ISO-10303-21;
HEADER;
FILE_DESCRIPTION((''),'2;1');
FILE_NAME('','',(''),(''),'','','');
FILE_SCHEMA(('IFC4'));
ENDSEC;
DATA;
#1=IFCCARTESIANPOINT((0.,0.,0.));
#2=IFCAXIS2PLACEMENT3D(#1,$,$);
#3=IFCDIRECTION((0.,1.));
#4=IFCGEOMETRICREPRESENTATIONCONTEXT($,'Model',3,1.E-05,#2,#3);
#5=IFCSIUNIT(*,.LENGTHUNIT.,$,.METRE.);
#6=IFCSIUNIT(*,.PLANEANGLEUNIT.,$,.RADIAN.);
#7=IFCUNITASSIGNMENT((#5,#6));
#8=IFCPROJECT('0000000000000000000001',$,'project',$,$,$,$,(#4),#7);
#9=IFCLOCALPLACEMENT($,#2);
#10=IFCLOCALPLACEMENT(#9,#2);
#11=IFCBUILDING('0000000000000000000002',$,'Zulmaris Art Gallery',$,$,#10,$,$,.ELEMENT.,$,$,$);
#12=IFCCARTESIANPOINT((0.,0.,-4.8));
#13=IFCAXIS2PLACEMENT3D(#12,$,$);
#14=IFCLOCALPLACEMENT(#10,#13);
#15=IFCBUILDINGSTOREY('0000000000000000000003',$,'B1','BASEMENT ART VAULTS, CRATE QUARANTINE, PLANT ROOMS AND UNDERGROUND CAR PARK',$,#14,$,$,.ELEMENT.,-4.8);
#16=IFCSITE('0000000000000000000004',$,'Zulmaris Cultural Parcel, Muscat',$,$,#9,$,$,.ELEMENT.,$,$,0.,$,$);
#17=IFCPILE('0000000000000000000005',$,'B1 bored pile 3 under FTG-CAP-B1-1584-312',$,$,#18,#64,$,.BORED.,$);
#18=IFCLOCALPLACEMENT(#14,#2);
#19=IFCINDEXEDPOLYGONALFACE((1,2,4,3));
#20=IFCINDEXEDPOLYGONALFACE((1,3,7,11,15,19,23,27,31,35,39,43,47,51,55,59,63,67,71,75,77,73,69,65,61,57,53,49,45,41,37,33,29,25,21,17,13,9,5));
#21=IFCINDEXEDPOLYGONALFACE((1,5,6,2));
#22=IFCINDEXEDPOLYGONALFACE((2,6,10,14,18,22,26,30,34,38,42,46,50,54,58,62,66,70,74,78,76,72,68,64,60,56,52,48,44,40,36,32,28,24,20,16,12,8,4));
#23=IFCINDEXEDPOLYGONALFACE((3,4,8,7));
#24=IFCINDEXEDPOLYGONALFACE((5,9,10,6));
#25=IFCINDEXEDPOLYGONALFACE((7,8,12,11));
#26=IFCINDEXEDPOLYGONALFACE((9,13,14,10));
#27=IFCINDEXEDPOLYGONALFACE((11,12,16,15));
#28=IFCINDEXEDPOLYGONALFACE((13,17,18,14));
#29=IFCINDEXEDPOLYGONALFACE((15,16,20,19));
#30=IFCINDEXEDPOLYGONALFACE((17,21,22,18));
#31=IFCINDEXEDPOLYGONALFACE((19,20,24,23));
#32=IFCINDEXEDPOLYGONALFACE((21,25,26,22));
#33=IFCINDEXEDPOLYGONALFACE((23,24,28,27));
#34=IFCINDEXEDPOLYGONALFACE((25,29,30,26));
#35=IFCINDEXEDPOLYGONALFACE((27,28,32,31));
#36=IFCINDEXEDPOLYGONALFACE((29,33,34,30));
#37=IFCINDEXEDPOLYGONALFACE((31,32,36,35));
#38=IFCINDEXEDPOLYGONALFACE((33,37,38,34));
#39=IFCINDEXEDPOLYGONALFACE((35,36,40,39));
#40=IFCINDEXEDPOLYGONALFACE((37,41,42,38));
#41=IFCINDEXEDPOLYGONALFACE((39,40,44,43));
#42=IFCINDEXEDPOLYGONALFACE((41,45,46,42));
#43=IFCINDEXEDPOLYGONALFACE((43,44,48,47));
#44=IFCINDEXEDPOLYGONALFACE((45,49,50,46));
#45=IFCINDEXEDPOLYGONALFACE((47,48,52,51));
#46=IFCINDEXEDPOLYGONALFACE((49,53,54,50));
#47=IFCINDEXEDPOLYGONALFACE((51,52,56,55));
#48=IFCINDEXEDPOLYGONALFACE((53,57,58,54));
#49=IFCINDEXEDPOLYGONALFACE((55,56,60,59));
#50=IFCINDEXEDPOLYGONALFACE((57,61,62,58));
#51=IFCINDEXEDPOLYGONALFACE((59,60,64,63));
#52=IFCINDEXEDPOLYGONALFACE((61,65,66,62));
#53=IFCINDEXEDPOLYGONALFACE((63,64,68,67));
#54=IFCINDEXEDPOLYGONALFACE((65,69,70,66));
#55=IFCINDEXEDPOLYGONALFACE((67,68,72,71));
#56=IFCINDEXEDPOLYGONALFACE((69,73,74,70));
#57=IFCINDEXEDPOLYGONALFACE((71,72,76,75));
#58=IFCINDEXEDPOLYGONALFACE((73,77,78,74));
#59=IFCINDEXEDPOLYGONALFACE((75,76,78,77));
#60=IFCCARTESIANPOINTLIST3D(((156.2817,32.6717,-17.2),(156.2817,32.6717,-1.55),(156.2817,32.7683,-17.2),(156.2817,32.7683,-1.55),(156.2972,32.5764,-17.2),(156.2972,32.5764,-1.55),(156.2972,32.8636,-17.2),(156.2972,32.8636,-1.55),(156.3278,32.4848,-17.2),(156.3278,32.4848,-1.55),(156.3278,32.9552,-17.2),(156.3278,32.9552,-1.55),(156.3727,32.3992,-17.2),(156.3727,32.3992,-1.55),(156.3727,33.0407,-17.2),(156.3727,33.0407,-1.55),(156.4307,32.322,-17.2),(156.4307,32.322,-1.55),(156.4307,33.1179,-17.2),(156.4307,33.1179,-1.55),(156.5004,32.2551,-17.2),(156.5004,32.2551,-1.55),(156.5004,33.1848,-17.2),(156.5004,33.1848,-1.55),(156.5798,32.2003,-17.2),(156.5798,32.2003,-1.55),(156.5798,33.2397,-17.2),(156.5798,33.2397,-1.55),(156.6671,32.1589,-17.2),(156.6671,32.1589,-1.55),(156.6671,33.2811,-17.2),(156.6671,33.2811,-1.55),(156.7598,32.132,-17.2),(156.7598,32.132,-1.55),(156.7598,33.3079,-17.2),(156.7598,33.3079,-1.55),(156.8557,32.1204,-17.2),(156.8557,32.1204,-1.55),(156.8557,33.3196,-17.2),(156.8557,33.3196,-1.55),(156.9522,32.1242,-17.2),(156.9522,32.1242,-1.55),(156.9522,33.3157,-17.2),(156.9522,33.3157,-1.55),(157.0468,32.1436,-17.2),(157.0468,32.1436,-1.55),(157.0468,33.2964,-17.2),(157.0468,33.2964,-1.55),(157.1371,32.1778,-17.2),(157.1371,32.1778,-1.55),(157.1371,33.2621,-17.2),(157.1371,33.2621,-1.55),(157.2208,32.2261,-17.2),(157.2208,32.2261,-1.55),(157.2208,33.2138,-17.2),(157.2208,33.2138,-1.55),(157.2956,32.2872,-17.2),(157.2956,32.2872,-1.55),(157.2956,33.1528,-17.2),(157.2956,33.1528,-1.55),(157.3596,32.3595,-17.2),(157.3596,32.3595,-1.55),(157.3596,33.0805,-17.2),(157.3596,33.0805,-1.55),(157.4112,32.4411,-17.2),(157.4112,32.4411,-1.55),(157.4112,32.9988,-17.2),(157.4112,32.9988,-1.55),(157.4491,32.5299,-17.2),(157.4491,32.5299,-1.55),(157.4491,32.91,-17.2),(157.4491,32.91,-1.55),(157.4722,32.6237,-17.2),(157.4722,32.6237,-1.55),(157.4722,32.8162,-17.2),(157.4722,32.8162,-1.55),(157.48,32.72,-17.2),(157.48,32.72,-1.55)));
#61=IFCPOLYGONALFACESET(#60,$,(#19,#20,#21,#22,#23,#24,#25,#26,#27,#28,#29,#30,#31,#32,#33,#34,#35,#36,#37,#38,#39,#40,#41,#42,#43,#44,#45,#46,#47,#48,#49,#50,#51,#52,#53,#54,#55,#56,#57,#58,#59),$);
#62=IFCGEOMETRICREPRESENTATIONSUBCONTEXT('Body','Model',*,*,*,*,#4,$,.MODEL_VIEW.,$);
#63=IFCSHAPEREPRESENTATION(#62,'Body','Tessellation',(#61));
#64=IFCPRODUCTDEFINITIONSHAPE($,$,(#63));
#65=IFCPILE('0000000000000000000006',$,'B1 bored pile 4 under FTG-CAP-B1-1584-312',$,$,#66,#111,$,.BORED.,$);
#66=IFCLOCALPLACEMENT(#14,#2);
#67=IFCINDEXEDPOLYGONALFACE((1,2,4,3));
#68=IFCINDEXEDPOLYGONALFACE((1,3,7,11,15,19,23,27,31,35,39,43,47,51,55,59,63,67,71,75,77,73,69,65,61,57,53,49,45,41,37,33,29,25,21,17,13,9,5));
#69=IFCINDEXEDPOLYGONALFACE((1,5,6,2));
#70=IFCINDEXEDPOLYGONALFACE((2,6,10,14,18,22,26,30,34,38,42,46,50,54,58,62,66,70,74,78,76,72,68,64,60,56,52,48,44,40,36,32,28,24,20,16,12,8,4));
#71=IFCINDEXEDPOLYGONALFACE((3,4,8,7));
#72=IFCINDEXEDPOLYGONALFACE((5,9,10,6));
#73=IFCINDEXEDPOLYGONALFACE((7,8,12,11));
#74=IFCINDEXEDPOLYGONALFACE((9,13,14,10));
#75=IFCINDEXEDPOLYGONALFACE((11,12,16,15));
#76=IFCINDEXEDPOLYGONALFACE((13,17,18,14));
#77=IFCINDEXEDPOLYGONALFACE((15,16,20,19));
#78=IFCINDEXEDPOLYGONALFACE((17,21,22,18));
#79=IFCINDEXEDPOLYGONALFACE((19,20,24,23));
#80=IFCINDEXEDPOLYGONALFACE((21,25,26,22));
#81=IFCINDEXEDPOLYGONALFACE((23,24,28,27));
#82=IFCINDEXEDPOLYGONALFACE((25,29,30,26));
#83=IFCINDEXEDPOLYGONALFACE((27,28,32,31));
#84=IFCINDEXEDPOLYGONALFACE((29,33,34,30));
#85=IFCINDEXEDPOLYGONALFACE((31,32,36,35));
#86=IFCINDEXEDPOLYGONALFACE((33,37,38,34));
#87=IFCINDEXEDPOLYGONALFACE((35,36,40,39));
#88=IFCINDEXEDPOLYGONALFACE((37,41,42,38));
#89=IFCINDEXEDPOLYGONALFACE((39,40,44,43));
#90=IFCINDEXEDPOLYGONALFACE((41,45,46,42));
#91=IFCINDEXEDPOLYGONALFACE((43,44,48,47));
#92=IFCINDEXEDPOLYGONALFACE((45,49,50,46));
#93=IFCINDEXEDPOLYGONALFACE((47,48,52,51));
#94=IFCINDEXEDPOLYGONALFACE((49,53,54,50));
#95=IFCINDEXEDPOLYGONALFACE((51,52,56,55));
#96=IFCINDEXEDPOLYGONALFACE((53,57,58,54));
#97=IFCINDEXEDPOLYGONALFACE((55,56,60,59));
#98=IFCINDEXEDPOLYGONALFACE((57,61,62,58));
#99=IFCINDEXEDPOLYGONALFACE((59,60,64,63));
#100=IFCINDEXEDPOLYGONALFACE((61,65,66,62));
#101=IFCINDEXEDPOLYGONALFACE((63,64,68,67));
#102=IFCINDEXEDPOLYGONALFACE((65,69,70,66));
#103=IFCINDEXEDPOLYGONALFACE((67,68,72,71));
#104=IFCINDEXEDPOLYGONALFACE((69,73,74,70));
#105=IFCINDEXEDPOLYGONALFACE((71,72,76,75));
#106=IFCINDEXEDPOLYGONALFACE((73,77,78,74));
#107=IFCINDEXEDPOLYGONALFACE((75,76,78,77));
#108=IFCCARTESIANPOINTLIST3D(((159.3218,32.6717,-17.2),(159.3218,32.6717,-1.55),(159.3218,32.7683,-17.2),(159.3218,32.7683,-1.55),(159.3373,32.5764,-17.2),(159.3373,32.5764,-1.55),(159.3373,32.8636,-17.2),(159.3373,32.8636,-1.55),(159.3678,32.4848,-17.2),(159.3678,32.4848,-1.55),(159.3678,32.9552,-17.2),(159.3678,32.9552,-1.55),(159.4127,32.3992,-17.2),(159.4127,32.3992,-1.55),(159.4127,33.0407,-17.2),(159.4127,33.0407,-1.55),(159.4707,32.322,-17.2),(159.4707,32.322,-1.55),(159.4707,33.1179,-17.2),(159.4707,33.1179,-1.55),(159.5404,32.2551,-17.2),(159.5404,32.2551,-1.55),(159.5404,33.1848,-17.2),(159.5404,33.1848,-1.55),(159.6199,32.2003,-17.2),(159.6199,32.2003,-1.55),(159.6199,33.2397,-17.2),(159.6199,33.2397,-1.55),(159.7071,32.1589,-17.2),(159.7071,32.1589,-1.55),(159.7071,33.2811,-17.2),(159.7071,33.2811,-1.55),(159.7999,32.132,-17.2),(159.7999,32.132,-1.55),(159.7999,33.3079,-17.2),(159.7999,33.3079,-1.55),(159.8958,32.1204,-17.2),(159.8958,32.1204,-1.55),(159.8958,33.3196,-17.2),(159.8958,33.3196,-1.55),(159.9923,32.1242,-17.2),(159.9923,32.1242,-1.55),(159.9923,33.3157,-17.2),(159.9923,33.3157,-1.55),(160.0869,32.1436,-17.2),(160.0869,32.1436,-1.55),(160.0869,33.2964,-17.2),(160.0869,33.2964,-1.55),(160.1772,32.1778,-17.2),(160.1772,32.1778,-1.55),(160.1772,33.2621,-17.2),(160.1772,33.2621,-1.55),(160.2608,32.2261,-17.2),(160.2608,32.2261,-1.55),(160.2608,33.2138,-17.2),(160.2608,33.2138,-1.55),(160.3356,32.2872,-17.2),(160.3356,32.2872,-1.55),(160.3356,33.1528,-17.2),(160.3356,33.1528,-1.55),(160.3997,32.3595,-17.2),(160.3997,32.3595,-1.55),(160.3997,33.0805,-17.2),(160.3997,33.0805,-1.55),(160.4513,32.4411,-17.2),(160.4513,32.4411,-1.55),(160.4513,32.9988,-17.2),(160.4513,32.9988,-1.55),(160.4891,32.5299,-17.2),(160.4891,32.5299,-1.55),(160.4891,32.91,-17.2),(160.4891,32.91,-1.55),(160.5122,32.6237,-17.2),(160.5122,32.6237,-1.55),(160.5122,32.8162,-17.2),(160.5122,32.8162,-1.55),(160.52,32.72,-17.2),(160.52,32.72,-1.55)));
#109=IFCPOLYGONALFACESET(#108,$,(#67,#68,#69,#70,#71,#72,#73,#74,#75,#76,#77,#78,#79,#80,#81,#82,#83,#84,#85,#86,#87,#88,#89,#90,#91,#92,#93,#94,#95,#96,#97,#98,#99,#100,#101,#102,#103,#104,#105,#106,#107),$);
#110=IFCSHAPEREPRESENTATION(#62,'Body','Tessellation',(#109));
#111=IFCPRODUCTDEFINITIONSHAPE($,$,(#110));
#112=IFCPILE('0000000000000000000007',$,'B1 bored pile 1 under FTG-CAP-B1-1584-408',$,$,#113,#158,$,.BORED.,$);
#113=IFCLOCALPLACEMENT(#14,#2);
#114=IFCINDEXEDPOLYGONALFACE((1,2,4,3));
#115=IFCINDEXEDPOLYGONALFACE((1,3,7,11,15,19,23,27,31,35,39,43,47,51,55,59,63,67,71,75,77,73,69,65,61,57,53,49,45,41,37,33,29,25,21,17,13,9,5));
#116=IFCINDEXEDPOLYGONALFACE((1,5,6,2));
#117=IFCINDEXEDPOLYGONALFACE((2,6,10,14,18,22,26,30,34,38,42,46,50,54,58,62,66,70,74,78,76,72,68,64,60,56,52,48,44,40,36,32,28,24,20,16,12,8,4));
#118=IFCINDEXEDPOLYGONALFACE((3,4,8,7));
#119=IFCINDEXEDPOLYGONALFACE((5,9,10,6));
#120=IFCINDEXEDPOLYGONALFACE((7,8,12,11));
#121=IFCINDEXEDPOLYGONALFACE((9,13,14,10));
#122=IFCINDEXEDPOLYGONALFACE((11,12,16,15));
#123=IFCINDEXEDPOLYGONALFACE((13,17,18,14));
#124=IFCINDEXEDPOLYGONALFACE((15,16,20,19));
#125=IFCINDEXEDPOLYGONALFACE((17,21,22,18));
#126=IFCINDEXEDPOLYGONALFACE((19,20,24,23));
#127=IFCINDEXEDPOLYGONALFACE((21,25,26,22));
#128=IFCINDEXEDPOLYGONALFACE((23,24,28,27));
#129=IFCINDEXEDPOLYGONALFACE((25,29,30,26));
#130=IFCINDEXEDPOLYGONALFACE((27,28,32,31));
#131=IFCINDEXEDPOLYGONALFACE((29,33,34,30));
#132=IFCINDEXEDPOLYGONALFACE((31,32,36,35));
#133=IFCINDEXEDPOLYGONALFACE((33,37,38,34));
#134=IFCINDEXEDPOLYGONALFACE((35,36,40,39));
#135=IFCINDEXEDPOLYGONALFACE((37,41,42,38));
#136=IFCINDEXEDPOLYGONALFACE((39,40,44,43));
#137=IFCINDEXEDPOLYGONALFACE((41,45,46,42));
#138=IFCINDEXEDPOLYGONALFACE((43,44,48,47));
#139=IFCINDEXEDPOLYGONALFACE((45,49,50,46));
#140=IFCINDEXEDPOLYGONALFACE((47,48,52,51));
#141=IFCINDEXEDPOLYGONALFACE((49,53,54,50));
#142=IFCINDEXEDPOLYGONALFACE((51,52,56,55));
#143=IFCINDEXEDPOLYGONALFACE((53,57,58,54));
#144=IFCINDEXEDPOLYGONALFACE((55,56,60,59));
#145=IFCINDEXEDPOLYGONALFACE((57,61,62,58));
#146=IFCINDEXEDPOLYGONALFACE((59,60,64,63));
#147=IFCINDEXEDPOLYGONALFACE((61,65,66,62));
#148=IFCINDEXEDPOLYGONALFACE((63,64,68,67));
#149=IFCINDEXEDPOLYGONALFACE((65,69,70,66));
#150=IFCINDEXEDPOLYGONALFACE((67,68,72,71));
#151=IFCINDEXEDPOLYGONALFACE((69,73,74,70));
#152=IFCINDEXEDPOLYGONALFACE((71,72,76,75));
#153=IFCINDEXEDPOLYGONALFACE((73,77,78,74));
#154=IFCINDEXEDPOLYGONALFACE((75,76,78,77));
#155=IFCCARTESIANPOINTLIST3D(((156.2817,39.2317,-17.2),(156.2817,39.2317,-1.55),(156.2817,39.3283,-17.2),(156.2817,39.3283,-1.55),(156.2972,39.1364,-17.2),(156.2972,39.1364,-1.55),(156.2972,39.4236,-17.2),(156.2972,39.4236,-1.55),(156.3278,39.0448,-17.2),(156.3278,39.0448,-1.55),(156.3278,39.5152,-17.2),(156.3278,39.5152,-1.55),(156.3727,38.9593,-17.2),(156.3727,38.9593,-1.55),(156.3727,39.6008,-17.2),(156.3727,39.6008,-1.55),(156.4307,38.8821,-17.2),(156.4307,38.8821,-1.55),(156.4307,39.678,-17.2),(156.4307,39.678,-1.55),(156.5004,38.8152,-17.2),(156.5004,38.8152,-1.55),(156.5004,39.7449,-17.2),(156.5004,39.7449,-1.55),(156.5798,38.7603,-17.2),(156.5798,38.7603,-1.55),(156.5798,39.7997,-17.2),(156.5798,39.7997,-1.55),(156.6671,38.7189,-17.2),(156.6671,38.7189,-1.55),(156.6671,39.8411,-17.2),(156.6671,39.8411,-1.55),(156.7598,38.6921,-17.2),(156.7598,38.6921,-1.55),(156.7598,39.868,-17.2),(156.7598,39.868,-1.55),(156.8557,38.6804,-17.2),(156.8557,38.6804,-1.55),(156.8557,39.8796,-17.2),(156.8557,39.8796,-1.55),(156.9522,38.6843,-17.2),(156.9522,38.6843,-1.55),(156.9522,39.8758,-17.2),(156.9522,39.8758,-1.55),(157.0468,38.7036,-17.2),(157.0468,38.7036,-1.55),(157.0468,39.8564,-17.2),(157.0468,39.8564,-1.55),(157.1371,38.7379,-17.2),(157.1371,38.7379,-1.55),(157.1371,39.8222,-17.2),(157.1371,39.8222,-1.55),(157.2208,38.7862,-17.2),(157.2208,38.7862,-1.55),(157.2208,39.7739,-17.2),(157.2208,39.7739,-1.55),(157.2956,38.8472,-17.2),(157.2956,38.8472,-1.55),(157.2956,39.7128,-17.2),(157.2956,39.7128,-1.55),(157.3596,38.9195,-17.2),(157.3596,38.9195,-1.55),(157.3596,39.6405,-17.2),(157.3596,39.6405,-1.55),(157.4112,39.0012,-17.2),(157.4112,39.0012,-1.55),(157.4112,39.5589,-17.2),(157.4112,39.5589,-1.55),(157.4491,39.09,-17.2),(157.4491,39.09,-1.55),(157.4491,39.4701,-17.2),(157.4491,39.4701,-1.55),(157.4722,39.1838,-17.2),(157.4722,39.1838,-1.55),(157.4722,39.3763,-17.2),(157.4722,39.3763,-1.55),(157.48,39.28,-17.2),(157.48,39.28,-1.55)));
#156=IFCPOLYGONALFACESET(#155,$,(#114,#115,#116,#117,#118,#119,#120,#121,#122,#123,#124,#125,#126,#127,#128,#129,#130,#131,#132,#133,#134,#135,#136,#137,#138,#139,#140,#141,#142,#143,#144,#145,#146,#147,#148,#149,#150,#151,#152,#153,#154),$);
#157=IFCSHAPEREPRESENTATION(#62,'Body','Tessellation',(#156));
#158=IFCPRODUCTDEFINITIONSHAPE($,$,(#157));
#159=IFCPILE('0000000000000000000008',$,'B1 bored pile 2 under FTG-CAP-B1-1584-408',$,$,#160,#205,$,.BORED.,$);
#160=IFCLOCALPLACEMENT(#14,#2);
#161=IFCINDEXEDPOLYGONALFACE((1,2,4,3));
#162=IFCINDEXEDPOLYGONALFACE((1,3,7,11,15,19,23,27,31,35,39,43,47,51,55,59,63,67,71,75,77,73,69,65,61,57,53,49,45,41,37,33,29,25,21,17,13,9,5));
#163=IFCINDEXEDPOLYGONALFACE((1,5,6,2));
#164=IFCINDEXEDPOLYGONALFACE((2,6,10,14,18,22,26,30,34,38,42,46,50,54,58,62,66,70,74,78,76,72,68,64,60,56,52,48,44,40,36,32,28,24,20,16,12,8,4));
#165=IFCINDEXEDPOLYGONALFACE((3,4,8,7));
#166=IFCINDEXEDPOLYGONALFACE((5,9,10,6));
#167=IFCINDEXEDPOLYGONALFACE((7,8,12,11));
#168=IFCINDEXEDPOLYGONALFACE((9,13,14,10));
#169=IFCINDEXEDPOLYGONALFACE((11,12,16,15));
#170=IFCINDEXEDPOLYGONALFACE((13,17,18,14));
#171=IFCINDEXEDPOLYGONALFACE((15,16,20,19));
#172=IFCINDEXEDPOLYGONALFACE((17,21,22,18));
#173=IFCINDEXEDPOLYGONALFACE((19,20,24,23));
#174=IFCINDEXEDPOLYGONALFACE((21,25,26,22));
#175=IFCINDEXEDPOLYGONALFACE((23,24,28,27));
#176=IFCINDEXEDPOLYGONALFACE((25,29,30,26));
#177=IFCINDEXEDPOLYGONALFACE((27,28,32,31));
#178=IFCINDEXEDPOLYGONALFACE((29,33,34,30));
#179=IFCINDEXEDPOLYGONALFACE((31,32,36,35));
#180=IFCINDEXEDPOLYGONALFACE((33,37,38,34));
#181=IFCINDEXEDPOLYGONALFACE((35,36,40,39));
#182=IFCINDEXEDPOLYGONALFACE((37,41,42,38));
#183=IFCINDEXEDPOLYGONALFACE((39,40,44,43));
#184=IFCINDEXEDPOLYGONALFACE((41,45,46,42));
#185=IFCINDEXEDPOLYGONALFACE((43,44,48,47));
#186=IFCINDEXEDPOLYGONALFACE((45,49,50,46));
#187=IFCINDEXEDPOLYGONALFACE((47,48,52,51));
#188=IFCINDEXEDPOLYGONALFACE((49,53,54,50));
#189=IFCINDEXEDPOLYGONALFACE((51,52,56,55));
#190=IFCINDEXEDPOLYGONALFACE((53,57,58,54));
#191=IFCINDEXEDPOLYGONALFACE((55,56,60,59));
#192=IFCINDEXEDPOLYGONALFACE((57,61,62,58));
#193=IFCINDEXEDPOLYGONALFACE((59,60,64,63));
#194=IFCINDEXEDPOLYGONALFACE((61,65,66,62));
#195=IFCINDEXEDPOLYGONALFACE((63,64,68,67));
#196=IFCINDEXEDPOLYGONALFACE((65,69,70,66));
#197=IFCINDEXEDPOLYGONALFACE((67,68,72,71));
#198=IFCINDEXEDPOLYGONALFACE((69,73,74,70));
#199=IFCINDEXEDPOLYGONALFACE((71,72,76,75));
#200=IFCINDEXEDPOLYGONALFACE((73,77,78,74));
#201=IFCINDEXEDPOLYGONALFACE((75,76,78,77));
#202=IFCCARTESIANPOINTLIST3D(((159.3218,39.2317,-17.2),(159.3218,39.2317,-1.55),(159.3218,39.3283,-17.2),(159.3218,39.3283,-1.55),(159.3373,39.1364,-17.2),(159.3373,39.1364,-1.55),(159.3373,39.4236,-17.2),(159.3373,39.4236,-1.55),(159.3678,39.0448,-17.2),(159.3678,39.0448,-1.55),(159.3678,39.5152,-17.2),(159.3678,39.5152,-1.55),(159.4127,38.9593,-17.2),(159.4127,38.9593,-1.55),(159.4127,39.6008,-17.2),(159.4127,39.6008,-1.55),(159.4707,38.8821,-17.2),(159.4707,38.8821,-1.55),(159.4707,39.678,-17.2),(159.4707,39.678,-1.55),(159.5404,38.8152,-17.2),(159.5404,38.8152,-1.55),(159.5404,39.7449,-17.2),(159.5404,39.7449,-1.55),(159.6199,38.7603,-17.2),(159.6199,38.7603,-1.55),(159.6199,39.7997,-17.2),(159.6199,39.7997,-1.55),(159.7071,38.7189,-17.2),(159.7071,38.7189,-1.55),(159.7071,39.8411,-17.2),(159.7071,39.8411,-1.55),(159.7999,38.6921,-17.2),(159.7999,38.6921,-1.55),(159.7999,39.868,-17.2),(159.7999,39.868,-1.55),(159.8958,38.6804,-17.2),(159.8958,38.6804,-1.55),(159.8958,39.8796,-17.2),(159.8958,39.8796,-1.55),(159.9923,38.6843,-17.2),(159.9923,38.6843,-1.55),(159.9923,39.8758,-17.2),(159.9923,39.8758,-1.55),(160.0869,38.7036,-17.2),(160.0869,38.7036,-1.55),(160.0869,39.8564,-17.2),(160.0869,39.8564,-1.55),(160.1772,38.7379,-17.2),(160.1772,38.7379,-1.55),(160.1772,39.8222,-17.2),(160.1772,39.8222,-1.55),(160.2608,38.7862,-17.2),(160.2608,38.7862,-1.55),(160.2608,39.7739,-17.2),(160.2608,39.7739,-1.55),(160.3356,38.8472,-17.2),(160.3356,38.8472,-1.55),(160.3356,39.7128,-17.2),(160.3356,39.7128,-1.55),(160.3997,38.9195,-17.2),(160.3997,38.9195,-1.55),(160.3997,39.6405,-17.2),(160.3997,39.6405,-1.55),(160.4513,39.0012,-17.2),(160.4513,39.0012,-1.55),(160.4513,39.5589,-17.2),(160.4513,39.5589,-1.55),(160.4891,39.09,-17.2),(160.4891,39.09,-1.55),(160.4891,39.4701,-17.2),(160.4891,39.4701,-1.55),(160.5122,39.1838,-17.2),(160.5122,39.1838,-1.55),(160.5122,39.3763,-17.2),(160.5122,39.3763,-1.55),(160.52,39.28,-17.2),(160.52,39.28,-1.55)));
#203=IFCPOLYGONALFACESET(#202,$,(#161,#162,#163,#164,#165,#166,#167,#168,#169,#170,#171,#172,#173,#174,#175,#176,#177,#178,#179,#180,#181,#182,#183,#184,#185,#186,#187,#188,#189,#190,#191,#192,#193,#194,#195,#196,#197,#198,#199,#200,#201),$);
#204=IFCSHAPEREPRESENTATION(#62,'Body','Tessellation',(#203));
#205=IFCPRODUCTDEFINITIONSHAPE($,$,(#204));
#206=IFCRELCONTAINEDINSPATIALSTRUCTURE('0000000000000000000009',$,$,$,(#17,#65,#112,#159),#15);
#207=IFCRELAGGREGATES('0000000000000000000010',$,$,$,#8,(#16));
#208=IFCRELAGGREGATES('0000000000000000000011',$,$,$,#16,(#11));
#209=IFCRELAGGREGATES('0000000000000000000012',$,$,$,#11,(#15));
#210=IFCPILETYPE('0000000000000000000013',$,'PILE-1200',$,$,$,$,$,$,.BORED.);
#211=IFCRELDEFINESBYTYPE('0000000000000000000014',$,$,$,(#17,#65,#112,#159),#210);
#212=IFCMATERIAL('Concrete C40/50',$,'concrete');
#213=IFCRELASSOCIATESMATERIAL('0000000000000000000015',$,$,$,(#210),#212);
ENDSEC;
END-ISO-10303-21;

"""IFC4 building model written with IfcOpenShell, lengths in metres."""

from ifc_helpers import new_model, si_unit, direction, frame, origin, origin_2d, place, context, subcontext, project, spatial, circle, extrude, material, material_profile, profile_set, type_object, element, save


model = new_model("IFC4")

# Units and contexts
model_context = context("Model", 3, precision=1e-05, world=origin(), true_north=direction((0.0, 1.0)))
body_context = subcontext(model_context, "Body", "Model", "MODEL_VIEW")
ifc_project = project(units=[si_unit("LENGTHUNIT", "METRE"), si_unit("PLANEANGLEUNIT", "RADIAN")], contexts=[model_context])

# Site, building, storey
site_placement = place(None, origin())
site = spatial("IfcSite", under=ifc_project, at=site_placement, Name="Zulmaris Cultural Parcel, Muscat", CompositionType="ELEMENT", RefElevation=0.0)
building_placement = place(site_placement, origin())
building = spatial("IfcBuilding", under=site, at=building_placement, Name="Zulmaris Art Gallery", CompositionType="ELEMENT")
storey_placement = place(building_placement, frame((0.0, 0.0, -4.8)))
storey = spatial("IfcBuildingStorey", under=building, at=storey_placement, Name="B1", Description="BASEMENT ART VAULTS, CRATE QUARANTINE, PLANT ROOMS AND UNDERGROUND CAR PARK", CompositionType="ELEMENT", Elevation=-4.8)

# Piles
ifc_material_1 = material(Name="Concrete C40/50", Category="concrete")
ifc_material_profile_1 = material_profile(ifc_material_1, circle(Radius=0.6001, at=origin_2d()), Name="PILE DIA 1200")
ifc_profile_set_1 = profile_set([ifc_material_profile_1], Name="Concrete C40/50")
pile_type = type_object("IfcPileType", Name="PILE-1200", PredefinedType="BORED", material=ifc_profile_set_1)
for number, where, z_axis, x_axis, name in (
    (1, (156.8799, 32.72, -1.55), (0.0, 0.0, -1.0), (1.0, 0.0, 0.0), "B1 bored pile 3 under FTG-CAP-B1-1584-312"),
    (2, (159.9199, 32.72, -1.55), (0.0, 0.0, -1.0), (1.0, 0.0, 0.0), "B1 bored pile 4 under FTG-CAP-B1-1584-312"),
    (3, (156.8799, 39.28, -1.55), (0.0, 0.0, -1.0), (1.0, 0.0, 0.0), "B1 bored pile 1 under FTG-CAP-B1-1584-408"),
    (4, (159.9199, 39.28, -1.55), (0.0, 0.0, -1.0), (1.0, 0.0, 0.0), "B1 bored pile 2 under FTG-CAP-B1-1584-408"),
):
    element("IfcPile", number, at=place(storey_placement, frame(where, z_axis=z_axis, x_axis=x_axis)), inside=storey, type_object=pile_type, Name=name, PredefinedType="BORED", context=body_context, shape_type="SweptSolid", body=[
        extrude(circle(Radius=0.6001, at=origin_2d()), origin(), (0.0, 0.0, 1.0), 15.6499),
    ])

save(model, "model.ifc")
